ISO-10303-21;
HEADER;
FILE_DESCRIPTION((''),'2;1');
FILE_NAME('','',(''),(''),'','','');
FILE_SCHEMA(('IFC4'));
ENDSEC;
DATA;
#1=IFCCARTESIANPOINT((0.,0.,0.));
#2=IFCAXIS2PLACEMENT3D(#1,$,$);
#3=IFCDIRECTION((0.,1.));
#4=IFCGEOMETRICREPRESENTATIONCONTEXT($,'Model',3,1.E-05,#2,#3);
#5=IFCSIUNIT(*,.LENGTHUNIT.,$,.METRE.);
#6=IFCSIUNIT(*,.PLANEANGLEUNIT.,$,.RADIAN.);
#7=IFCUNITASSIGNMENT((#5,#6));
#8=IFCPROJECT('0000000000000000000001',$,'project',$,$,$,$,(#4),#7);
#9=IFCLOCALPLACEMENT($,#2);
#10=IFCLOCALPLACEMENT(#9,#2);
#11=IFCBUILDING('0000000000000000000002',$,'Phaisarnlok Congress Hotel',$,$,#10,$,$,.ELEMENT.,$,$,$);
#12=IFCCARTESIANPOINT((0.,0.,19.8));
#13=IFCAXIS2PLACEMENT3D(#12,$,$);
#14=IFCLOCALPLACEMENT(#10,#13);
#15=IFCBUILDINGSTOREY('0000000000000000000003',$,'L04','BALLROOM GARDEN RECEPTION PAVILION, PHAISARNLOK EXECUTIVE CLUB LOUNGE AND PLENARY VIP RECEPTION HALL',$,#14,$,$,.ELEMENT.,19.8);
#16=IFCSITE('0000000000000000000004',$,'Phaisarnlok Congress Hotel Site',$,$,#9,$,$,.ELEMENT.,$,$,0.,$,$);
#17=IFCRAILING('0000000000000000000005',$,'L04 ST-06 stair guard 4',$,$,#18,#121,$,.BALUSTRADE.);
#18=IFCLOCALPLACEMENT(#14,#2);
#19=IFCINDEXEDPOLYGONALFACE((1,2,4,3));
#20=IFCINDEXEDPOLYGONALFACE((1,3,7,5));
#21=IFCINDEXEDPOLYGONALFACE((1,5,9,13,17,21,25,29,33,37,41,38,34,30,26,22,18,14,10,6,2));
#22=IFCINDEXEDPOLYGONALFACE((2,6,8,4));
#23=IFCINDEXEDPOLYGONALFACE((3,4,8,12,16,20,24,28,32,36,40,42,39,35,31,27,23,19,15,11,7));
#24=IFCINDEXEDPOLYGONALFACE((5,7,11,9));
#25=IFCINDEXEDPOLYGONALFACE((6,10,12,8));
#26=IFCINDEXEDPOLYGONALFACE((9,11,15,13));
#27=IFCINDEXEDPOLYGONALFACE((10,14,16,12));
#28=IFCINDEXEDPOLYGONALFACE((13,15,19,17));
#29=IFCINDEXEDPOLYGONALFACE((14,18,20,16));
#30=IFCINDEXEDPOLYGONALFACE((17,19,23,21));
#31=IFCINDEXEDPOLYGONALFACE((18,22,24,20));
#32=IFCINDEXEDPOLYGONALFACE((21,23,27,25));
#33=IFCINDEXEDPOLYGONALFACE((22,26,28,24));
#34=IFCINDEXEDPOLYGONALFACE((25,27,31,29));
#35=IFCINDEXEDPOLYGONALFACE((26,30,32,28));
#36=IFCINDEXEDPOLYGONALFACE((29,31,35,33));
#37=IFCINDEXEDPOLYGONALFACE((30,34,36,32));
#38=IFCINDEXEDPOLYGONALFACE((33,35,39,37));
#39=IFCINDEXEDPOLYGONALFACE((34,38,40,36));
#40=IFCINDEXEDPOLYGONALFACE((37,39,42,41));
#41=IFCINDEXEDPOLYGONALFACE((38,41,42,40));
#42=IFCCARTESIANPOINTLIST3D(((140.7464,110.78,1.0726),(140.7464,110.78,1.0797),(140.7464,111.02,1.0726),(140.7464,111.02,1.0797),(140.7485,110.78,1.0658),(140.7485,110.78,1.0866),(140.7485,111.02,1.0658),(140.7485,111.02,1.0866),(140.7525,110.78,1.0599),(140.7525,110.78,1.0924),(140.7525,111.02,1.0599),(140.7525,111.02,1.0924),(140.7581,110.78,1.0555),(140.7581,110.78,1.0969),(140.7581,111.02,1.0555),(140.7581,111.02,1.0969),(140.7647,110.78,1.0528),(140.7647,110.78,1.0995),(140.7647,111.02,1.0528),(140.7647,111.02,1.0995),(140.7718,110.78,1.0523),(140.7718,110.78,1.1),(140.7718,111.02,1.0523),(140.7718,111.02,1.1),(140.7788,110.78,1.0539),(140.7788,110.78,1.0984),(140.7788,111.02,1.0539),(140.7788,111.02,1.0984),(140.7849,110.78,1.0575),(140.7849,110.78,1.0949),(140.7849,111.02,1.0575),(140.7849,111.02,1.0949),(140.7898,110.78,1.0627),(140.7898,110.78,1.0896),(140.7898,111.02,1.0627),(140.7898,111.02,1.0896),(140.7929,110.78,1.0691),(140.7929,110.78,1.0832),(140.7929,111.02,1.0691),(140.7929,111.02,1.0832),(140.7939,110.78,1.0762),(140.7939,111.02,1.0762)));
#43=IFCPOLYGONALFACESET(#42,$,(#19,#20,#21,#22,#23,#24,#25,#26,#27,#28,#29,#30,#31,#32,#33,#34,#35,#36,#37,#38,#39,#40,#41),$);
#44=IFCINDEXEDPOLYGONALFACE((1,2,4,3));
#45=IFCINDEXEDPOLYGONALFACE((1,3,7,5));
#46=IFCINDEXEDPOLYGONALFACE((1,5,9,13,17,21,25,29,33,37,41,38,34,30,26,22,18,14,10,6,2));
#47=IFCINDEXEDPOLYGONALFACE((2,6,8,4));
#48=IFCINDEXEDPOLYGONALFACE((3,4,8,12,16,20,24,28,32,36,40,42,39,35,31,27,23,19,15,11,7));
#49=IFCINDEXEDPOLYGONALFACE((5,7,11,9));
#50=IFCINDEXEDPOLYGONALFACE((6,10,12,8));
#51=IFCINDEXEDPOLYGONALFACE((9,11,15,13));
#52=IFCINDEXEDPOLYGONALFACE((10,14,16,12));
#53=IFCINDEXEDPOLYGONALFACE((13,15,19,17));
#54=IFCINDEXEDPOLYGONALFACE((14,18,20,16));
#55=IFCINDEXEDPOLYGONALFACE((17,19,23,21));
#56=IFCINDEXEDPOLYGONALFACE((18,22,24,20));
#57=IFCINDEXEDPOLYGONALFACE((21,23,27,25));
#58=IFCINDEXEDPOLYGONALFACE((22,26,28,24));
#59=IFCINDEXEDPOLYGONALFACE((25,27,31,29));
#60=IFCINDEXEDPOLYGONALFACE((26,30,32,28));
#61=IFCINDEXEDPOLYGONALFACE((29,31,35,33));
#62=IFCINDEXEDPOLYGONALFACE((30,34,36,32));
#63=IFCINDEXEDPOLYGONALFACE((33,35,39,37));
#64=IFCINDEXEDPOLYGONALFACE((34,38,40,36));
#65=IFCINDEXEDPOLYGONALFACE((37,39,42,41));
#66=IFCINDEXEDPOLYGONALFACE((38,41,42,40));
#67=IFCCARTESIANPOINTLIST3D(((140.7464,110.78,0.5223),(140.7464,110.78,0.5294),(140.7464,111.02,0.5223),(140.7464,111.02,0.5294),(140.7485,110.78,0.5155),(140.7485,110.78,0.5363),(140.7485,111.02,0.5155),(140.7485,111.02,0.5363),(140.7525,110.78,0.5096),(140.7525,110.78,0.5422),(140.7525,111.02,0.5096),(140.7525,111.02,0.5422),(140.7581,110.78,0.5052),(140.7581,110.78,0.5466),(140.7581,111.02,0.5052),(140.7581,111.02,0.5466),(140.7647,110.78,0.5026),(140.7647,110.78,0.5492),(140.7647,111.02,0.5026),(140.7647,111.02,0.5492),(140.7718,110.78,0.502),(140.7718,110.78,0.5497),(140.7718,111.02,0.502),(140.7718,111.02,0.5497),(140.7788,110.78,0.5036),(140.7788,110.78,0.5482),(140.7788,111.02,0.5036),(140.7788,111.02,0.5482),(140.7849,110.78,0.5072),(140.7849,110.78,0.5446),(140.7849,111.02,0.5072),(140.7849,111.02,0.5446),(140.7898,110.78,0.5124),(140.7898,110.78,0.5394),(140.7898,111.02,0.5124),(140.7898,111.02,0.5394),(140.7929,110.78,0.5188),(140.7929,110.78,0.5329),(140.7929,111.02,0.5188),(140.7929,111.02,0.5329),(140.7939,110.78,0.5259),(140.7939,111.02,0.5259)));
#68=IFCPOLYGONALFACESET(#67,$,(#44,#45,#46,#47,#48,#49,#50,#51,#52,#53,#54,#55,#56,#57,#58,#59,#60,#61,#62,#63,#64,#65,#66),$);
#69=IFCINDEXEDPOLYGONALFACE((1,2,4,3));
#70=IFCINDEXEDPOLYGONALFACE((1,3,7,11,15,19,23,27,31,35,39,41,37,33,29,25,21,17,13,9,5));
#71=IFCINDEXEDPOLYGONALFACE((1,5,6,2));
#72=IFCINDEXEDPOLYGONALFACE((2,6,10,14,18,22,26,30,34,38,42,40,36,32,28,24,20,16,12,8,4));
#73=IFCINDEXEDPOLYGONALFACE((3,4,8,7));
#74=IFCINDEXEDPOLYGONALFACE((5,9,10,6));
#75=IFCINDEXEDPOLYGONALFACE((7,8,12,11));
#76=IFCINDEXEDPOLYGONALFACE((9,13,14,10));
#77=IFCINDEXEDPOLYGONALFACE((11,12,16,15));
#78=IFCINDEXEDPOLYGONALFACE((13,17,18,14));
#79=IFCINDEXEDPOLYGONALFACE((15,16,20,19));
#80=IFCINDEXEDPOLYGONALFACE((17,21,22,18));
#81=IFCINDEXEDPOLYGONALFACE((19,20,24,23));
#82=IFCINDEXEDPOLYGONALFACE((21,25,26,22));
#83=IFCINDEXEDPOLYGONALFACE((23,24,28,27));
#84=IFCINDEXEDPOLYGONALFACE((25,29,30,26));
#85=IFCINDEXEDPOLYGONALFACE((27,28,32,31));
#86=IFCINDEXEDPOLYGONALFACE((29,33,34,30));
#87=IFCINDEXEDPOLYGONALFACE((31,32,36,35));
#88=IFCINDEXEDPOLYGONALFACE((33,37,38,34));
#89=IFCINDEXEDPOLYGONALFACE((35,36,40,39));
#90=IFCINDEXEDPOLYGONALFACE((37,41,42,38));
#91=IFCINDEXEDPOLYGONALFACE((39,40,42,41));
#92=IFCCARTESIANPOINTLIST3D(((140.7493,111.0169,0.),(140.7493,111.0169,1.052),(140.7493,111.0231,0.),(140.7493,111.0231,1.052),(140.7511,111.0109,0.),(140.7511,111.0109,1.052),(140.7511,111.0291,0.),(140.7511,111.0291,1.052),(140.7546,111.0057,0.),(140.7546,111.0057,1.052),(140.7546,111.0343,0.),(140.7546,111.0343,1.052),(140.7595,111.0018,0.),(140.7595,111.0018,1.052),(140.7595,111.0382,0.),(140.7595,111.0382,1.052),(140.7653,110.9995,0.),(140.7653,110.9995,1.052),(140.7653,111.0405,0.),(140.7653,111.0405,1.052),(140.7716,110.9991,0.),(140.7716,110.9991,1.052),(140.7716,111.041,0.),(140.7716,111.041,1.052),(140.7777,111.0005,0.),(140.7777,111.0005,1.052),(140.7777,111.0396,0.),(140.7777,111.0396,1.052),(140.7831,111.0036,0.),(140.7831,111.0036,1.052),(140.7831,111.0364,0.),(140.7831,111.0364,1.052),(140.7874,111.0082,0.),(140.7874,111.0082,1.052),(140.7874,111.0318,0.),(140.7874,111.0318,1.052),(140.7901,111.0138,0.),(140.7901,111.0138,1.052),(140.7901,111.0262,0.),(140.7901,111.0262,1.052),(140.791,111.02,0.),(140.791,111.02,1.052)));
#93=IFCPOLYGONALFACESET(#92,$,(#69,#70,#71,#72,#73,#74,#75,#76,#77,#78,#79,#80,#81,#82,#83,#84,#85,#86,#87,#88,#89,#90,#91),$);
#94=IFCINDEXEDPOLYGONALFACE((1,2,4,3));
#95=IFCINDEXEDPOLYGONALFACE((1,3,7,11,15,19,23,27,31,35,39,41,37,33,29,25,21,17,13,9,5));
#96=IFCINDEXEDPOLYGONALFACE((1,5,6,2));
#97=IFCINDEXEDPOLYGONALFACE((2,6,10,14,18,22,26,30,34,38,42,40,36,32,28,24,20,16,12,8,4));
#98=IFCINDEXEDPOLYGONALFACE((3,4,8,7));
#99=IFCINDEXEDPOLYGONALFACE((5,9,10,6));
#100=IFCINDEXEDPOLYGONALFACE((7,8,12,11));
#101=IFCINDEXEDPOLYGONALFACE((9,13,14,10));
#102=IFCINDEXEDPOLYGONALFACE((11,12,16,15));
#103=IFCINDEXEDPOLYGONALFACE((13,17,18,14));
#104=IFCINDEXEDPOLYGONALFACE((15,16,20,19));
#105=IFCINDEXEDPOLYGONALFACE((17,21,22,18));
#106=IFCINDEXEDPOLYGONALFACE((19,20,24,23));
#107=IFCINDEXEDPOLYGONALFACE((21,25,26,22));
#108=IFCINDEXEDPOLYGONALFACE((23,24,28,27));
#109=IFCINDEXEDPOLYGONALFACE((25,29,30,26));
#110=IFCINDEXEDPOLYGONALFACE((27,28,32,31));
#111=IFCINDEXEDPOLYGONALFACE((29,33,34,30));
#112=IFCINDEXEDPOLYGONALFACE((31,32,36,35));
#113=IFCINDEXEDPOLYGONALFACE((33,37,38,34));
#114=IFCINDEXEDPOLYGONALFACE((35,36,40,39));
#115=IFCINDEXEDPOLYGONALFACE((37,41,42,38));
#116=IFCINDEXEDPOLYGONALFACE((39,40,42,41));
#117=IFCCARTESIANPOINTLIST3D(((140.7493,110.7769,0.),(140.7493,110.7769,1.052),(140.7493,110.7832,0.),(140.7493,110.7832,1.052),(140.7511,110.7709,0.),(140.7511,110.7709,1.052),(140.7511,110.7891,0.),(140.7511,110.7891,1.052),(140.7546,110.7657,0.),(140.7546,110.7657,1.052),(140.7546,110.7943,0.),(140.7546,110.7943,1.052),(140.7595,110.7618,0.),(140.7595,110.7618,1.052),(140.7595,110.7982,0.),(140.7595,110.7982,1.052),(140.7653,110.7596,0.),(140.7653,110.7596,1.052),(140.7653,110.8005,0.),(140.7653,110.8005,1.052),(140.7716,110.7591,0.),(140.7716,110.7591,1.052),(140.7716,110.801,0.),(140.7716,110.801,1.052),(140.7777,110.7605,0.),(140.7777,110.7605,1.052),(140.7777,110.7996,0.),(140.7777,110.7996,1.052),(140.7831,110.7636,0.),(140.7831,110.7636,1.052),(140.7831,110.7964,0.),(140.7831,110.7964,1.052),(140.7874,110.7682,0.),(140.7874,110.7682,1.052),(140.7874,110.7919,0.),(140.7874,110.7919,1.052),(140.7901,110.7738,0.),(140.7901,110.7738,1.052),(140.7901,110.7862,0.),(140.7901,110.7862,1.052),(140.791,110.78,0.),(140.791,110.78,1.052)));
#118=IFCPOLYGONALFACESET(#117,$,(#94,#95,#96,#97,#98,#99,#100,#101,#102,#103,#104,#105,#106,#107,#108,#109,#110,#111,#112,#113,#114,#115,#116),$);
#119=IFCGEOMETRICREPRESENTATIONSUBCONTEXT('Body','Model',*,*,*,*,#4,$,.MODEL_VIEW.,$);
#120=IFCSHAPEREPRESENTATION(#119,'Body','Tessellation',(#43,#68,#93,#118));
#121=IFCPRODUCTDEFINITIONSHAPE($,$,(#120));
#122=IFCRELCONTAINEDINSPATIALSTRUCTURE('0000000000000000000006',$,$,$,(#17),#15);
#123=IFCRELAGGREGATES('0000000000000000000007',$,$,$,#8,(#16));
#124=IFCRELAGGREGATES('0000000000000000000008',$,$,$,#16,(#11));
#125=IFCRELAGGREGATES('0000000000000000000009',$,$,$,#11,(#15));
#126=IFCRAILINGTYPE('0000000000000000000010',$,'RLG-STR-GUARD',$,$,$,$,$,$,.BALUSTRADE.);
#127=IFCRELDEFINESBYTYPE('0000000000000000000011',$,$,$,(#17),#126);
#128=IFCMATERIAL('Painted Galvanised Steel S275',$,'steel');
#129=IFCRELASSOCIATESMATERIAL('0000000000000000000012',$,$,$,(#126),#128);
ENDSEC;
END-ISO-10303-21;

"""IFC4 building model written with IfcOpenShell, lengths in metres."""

from ifc_helpers import new_model, si_unit, direction, frame, origin, origin_2d, place, context, subcontext, project, spatial, circle, extrude, material, type_object, element, save


model = new_model("IFC4")

# Units and contexts
model_context = context("Model", 3, precision=1e-05, world=origin(), true_north=direction((0.0, 1.0)))
body_context = subcontext(model_context, "Body", "Model", "MODEL_VIEW")
ifc_project = project(units=[si_unit("LENGTHUNIT", "METRE"), si_unit("PLANEANGLEUNIT", "RADIAN")], contexts=[model_context])

# Site, building, storey
site_placement = place(None, origin())
site = spatial("IfcSite", under=ifc_project, at=site_placement, Name="Phaisarnlok Congress Hotel Site", CompositionType="ELEMENT", RefElevation=0.0)
building_placement = place(site_placement, origin())
building = spatial("IfcBuilding", under=site, at=building_placement, Name="Phaisarnlok Congress Hotel", CompositionType="ELEMENT")
storey_placement = place(building_placement, frame((0.0, 0.0, 19.8)))
storey = spatial("IfcBuildingStorey", under=building, at=storey_placement, Name="L04", Description="BALLROOM GARDEN RECEPTION PAVILION, PHAISARNLOK EXECUTIVE CLUB LOUNGE AND PLENARY VIP RECEPTION HALL", CompositionType="ELEMENT", Elevation=19.8)

# Railing
ifc_material_1 = material(Name="Painted Galvanised Steel S275", Category="steel")
railing_type_1 = type_object("IfcRailingType", Name="RLG-STR-GUARD", PredefinedType="BALUSTRADE", material=ifc_material_1)
railing_1_placement = place(storey_placement, frame((140.77, 111.02, 0.0)))
element("IfcRailing", 1, at=railing_1_placement, inside=storey, type_object=railing_type_1, Name="L04 ST-06 stair guard 4", PredefinedType="BALUSTRADE", context=body_context, shape_type="SweptSolid", body=[
    extrude(circle(Radius=0.0239, at=origin_2d()), frame((0.0, 0.0, 1.0762), z_axis=(0.0, -1.0, 0.0), x_axis=(1.0, 0.0, 0.0)), (0.0, 0.0, 1.0), 0.24),
    extrude(circle(Radius=0.0239, at=origin_2d()), frame((0.0, 0.0, 0.5259), z_axis=(0.0, -1.0, 0.0), x_axis=(1.0, 0.0, 0.0)), (0.0, 0.0, 1.0), 0.24),
    extrude(circle(Radius=0.021, at=origin_2d()), origin(), (0.0, 0.0, 1.0), 1.052),
    extrude(circle(Radius=0.021, at=origin_2d()), frame((0.0, -0.24, 0.0)), (0.0, 0.0, 1.0), 1.052),
])

save(model, "model.ifc")
